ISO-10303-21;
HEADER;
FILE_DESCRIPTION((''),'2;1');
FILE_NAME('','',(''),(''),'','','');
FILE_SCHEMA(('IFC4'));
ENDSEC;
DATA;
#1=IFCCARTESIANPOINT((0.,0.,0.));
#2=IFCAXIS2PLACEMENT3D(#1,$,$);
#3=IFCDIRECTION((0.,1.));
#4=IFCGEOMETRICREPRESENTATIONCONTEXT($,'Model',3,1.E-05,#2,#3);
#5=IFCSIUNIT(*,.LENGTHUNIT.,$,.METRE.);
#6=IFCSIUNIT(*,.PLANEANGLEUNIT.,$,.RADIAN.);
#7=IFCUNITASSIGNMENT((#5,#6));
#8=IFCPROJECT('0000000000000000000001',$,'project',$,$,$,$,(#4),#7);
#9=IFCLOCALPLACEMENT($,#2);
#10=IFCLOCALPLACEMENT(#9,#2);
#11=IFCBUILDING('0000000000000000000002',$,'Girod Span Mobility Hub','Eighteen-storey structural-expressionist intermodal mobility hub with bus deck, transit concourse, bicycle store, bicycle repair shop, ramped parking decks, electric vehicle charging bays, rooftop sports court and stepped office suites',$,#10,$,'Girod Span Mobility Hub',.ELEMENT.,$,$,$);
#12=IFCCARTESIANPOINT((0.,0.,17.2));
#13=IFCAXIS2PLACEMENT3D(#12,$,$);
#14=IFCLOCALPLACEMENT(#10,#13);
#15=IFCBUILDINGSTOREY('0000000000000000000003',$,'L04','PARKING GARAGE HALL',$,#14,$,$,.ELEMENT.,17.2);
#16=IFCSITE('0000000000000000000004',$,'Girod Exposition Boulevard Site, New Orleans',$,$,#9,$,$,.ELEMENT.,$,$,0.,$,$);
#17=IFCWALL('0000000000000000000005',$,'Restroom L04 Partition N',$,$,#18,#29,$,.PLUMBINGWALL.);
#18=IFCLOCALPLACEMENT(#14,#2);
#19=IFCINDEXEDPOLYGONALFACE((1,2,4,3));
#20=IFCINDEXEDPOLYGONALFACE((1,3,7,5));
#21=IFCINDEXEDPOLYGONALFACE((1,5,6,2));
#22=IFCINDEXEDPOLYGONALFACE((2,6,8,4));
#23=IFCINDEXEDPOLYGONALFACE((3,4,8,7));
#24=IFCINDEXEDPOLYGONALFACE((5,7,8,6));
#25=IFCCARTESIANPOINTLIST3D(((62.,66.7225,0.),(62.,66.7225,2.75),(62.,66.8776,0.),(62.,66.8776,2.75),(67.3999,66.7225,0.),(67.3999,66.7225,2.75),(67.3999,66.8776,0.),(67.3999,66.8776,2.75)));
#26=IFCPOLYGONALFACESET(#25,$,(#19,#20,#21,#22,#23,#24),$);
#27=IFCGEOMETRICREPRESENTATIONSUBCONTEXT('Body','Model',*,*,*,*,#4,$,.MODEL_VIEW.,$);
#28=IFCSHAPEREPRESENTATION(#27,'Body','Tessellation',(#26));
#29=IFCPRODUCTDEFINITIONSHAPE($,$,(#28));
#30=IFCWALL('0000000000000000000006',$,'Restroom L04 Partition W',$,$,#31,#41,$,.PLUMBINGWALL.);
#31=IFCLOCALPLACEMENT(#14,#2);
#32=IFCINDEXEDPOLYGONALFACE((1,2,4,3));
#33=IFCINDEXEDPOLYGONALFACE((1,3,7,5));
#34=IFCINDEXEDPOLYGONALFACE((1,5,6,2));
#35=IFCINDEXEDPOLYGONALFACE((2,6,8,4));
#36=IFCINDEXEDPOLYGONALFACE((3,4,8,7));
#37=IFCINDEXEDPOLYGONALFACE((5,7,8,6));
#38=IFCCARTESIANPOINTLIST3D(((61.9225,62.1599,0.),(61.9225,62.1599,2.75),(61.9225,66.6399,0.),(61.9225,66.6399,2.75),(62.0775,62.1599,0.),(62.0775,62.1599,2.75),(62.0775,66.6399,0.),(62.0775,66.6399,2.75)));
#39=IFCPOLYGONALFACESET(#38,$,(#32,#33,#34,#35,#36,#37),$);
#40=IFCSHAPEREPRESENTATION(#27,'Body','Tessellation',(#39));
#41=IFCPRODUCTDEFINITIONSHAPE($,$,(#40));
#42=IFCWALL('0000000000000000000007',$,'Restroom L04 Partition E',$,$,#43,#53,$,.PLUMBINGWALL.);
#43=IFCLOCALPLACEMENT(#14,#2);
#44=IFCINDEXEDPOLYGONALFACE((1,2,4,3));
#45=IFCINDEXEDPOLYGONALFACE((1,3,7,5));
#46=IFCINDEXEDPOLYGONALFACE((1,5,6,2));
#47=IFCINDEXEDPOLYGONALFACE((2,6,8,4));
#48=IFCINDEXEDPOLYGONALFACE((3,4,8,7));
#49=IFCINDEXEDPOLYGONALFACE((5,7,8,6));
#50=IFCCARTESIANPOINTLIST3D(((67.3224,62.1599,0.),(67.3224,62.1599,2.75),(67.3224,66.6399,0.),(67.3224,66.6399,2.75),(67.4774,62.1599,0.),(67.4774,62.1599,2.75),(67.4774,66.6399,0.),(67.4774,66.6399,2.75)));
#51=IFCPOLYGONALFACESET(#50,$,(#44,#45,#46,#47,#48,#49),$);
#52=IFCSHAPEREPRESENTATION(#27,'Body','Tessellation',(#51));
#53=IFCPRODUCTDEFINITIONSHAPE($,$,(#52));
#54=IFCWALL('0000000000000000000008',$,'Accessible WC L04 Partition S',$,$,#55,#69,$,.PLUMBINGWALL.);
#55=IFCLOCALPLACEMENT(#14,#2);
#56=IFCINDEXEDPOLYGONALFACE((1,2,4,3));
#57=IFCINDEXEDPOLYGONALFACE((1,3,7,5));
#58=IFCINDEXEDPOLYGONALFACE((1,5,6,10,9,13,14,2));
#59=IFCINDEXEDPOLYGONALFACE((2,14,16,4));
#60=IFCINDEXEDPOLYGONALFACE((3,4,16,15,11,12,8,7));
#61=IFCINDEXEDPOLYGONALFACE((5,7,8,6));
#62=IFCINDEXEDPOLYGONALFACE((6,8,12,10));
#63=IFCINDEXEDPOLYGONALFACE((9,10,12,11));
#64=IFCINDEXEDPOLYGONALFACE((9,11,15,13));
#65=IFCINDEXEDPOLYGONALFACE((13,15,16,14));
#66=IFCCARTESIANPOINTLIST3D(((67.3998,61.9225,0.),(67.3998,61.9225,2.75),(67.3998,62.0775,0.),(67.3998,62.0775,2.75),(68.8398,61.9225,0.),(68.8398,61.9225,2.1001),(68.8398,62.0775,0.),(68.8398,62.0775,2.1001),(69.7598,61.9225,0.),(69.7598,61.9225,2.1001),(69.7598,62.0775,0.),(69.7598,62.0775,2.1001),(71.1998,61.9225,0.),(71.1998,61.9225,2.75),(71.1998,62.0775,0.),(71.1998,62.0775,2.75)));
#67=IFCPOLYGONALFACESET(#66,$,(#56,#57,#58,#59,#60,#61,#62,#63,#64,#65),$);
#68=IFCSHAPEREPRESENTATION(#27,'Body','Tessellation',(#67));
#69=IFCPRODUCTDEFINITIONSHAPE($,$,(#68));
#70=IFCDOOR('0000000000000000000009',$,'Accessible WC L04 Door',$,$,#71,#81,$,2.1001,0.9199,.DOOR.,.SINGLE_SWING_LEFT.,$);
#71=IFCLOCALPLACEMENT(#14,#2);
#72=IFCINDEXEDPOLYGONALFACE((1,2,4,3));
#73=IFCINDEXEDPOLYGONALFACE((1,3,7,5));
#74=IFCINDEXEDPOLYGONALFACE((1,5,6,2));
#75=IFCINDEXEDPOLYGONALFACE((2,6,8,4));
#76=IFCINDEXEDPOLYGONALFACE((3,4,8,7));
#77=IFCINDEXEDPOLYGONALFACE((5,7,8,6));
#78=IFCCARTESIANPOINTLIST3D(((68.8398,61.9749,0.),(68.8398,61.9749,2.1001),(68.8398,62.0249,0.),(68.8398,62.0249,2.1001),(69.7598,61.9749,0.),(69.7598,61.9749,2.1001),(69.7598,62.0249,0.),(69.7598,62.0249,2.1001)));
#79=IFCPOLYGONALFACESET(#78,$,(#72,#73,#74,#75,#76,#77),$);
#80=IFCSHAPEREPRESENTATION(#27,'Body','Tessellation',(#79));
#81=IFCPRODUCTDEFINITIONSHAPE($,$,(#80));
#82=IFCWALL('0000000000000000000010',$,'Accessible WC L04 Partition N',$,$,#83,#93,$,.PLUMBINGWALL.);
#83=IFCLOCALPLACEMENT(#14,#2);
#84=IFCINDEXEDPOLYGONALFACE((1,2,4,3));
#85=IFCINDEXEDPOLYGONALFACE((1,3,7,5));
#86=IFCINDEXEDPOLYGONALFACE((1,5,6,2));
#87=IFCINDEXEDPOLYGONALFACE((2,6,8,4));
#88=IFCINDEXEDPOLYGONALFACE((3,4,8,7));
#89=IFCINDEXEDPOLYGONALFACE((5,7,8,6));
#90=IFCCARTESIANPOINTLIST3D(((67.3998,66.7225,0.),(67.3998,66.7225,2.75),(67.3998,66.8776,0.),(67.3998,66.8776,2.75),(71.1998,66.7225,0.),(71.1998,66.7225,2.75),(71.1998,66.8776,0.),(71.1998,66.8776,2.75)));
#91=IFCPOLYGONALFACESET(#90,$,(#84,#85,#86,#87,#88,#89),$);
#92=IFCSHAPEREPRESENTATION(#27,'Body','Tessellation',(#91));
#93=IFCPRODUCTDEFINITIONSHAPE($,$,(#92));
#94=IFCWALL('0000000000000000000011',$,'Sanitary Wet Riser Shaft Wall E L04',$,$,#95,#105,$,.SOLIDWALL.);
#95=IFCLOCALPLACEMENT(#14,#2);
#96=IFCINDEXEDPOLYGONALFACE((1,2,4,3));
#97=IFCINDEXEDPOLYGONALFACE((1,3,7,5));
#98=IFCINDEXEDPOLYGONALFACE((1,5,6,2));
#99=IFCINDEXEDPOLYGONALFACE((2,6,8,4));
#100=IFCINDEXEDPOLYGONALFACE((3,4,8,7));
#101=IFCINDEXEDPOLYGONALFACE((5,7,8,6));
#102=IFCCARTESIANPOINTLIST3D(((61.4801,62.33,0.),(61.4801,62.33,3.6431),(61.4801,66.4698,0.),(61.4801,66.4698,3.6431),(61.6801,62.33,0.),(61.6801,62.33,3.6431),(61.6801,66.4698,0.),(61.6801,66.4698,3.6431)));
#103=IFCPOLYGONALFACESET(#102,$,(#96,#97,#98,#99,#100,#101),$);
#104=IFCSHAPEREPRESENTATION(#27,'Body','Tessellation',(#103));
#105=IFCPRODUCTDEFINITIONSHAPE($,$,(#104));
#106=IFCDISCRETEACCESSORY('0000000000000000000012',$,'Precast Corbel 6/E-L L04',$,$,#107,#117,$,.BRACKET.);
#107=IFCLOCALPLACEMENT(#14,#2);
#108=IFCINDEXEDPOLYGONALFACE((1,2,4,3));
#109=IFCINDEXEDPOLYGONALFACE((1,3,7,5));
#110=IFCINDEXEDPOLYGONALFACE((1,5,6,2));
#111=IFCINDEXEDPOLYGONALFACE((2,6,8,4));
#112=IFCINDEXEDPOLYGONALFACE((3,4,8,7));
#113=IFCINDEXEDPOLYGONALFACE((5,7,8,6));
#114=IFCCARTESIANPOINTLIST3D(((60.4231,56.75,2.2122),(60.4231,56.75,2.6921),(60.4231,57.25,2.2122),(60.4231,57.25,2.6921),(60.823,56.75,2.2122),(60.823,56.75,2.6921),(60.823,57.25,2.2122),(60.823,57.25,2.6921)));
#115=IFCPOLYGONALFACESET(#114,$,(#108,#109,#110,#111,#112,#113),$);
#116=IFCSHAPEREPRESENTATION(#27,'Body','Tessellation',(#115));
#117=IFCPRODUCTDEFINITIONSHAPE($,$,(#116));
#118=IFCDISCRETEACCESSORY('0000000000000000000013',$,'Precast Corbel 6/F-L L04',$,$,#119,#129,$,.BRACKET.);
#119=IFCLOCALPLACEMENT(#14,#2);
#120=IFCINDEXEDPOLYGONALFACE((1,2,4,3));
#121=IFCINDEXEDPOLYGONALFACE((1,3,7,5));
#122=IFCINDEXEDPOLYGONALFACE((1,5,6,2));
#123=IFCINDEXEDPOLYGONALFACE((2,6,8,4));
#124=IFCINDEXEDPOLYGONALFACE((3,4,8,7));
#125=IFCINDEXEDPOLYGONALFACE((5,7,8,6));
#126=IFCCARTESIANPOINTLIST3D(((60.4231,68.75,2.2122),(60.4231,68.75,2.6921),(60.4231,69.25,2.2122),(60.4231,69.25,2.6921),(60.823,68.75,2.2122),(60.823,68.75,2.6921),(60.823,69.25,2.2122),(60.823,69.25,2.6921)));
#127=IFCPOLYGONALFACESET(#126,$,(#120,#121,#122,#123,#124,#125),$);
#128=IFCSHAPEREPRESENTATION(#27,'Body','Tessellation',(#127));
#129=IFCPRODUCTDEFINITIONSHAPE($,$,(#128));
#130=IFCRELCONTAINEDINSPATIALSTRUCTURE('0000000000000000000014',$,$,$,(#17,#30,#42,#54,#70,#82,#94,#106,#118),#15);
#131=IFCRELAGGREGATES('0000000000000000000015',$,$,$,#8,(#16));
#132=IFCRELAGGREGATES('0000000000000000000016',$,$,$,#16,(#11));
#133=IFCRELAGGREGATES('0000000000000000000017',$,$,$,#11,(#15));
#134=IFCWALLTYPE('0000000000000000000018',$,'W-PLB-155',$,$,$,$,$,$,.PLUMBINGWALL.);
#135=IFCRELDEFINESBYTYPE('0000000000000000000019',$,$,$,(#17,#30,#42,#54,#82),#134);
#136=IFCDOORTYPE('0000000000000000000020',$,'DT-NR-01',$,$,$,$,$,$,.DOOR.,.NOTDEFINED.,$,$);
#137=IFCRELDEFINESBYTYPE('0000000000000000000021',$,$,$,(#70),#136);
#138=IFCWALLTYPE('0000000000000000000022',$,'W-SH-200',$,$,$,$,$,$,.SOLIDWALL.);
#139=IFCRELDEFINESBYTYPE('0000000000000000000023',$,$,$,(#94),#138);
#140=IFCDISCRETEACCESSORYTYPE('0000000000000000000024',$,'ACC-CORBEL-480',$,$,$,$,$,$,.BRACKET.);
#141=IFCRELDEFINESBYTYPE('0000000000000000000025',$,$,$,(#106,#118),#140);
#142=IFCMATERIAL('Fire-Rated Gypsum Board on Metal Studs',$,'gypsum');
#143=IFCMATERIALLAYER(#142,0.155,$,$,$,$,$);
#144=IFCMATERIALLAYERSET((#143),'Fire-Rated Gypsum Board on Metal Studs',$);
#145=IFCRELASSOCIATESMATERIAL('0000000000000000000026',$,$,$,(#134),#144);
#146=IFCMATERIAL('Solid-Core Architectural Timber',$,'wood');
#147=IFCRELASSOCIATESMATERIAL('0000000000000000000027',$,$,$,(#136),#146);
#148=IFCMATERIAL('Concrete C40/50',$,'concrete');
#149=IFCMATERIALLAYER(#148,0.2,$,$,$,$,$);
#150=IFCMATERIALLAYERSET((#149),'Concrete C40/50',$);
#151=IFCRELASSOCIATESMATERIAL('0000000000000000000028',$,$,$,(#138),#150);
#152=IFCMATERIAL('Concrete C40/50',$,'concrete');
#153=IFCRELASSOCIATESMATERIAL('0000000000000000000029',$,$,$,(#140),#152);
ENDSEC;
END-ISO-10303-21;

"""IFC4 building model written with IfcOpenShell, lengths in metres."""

from ifc_helpers import new_model, si_unit, direction, frame, frame_2d, origin, origin_2d, place, context, subcontext, project, spatial, rectangle, extrude, material, layer, layer_set, type_object, element, fill, save


model = new_model("IFC4")

# Units and contexts
model_context = context("Model", 3, precision=1e-05, world=origin(), true_north=direction((0.0, 1.0)))
body_context = subcontext(model_context, "Body", "Model", "MODEL_VIEW")
ifc_project = project(units=[si_unit("LENGTHUNIT", "METRE"), si_unit("PLANEANGLEUNIT", "RADIAN")], contexts=[model_context])

# Site, building, storey
site_placement = place(None, origin())
site = spatial("IfcSite", under=ifc_project, at=site_placement, Name="Girod Exposition Boulevard Site, New Orleans", CompositionType="ELEMENT", RefElevation=0.0)
building_placement = place(site_placement, origin())
building = spatial("IfcBuilding", under=site, at=building_placement, Name="Girod Span Mobility Hub", Description="Eighteen-storey structural-expressionist intermodal mobility hub with bus deck, transit concourse, bicycle store, bicycle repair shop, ramped parking decks, electric vehicle charging bays, rooftop sports court and stepped office suites", LongName="Girod Span Mobility Hub", CompositionType="ELEMENT")
storey_placement = place(building_placement, frame((0.0, 0.0, 17.2)))
storey = spatial("IfcBuildingStorey", under=building, at=storey_placement, Name="L04", Description="PARKING GARAGE HALL", CompositionType="ELEMENT", Elevation=17.2)

# Shared definitions
ifc_material_1 = material(Name="Fire-Rated Gypsum Board on Metal Studs", Category="gypsum")
ifc_layer_1 = layer(ifc_material_1, 0.155)
ifc_layer_set_1 = layer_set([ifc_layer_1], Name="Fire-Rated Gypsum Board on Metal Studs")
wall_type_1 = type_object("IfcWallType", Name="W-PLB-155", PredefinedType="PLUMBINGWALL", material=ifc_layer_set_1)

# Walls
wall_1_placement = place(storey_placement, frame((62.0, 66.8, 0.0), z_axis=(0.0, 0.0, 1.0), x_axis=(1.0, 0.0, 0.0)))
element("IfcWall", 1, at=wall_1_placement, inside=storey, type_object=wall_type_1, Name="Restroom L04 Partition N", PredefinedType="PLUMBINGWALL", context=body_context, shape_type="SweptSolid", body=[
    extrude(rectangle(XDim=5.3999, YDim=0.155, at=frame_2d((2.7, 0.0))), origin(), (0.0, 0.0, 1.0), 2.75),
])
for number, where, z_axis, x_axis, name in (
    (2, (62.0, 62.1599, 0.0), (0.0, 0.0, 1.0), (0.0, 1.0, 0.0), "Restroom L04 Partition W"),
    (3, (67.3999, 62.1599, 0.0), (0.0, 0.0, 1.0), (0.0, 1.0, 0.0), "Restroom L04 Partition E"),
):
    element("IfcWall", number, at=place(storey_placement, frame(where, z_axis=z_axis, x_axis=x_axis)), inside=storey, type_object=wall_type_1, Name=name, PredefinedType="PLUMBINGWALL", context=body_context, shape_type="SweptSolid", body=[
        extrude(rectangle(XDim=4.48, YDim=0.155, at=frame_2d((2.24, 0.0))), origin(), (0.0, 0.0, 1.0), 2.75),
    ])

# Wall, opening, door
wall_2_placement = place(storey_placement, frame((67.3999, 62.0, 0.0), z_axis=(0.0, 0.0, 1.0), x_axis=(1.0, 0.0, 0.0)))
wall_2 = element("IfcWall", 4, at=wall_2_placement, inside=storey, type_object=wall_type_1, Name="Accessible WC L04 Partition S", PredefinedType="PLUMBINGWALL", context=body_context, shape_type="SweptSolid", body=[
    extrude(rectangle(XDim=3.8, YDim=0.155, at=frame_2d((1.8999, 0.0))), origin(), (0.0, 0.0, 1.0), 2.75),
])
opening_1_placement = place(wall_2_placement, frame((1.4399, 0.0, 0.0)))
opening_1 = element("IfcOpeningElement", 5, at=opening_1_placement, cuts=wall_2, PredefinedType="OPENING", context=body_context, shape_type="SweptSolid", body=[
    extrude(rectangle(XDim=0.9199, YDim=2.1001, at=frame_2d((0.46, 1.05))), frame((0.0, 0.0925, 0.0), z_axis=(0.0, -1.0, 0.0), x_axis=(1.0, 0.0, 0.0)), (0.0, 0.0, 1.0), 0.1851),
])
ifc_material_2 = material(Name="Solid-Core Architectural Timber", Category="wood")
door_type_1 = type_object("IfcDoorType", Name="DT-NR-01", OperationType="NOTDEFINED", PredefinedType="DOOR", material=ifc_material_2)
door_1_placement = place(opening_1_placement, origin())
door_1 = element("IfcDoor", 6, at=door_1_placement, inside=storey, type_object=door_type_1, Name="Accessible WC L04 Door", OperationType="SINGLE_SWING_LEFT", OverallHeight=2.1001, OverallWidth=0.9199, PredefinedType="DOOR", context=body_context, shape_type="SweptSolid", body=[
    extrude(rectangle(XDim=0.9199, YDim=2.1001, at=frame_2d((0.46, 1.05))), frame((0.0, 0.0249, 0.0), z_axis=(0.0, -1.0, 0.0), x_axis=(1.0, 0.0, 0.0)), (0.0, 0.0, 1.0), 0.05),
])
fill(opening_1, door_1)

# Walls
wall_3_placement = place(storey_placement, frame((67.3999, 66.8, 0.0), z_axis=(0.0, 0.0, 1.0), x_axis=(1.0, 0.0, 0.0)))
element("IfcWall", 7, at=wall_3_placement, inside=storey, type_object=wall_type_1, Name="Accessible WC L04 Partition N", PredefinedType="PLUMBINGWALL", context=body_context, shape_type="SweptSolid", body=[
    extrude(rectangle(XDim=3.8, YDim=0.155, at=frame_2d((1.8999, 0.0))), origin(), (0.0, 0.0, 1.0), 2.75),
])
ifc_material_3 = material(Name="Concrete C40/50", Category="concrete")
ifc_layer_2 = layer(ifc_material_3, 0.2)
ifc_layer_set_2 = layer_set([ifc_layer_2], Name="Concrete C40/50")
wall_type_2 = type_object("IfcWallType", Name="W-SH-200", PredefinedType="SOLIDWALL", material=ifc_layer_set_2)
wall_4_placement = place(storey_placement, frame((61.5801, 62.3301, 0.0), z_axis=(0.0, 0.0, 1.0), x_axis=(0.0, 1.0, 0.0)))
element("IfcWall", 8, at=wall_4_placement, inside=storey, type_object=wall_type_2, Name="Sanitary Wet Riser Shaft Wall E L04", PredefinedType="SOLIDWALL", context=body_context, shape_type="SweptSolid", body=[
    extrude(rectangle(XDim=4.1399, YDim=0.2, at=frame_2d((2.0698, 0.0))), origin(), (0.0, 0.0, 1.0), 3.6431),
])

# Discrete accessories
ifc_material_4 = material(Name="Concrete C40/50", Category="concrete")
discrete_accessory_type = type_object("IfcDiscreteAccessoryType", Name="ACC-CORBEL-480", PredefinedType="BRACKET", material=ifc_material_4)
for number, where, z_axis, x_axis, name in (
    (9, (60.623, 57.0, 2.2122), (0.0, 0.0, 1.0), (1.0, 0.0, 0.0), "Precast Corbel 6/E-L L04"),
    (10, (60.623, 69.0, 2.2122), (0.0, 0.0, 1.0), (1.0, 0.0, 0.0), "Precast Corbel 6/F-L L04"),
):
    element("IfcDiscreteAccessory", number, at=place(storey_placement, frame(where, z_axis=z_axis, x_axis=x_axis)), inside=storey, type_object=discrete_accessory_type, Name=name, PredefinedType="BRACKET", context=body_context, shape_type="SweptSolid", body=[
        extrude(rectangle(XDim=0.3999, YDim=0.5, at=origin_2d()), origin(), (0.0, 0.0, 1.0), 0.48),
    ])

save(model, "model.ifc")
